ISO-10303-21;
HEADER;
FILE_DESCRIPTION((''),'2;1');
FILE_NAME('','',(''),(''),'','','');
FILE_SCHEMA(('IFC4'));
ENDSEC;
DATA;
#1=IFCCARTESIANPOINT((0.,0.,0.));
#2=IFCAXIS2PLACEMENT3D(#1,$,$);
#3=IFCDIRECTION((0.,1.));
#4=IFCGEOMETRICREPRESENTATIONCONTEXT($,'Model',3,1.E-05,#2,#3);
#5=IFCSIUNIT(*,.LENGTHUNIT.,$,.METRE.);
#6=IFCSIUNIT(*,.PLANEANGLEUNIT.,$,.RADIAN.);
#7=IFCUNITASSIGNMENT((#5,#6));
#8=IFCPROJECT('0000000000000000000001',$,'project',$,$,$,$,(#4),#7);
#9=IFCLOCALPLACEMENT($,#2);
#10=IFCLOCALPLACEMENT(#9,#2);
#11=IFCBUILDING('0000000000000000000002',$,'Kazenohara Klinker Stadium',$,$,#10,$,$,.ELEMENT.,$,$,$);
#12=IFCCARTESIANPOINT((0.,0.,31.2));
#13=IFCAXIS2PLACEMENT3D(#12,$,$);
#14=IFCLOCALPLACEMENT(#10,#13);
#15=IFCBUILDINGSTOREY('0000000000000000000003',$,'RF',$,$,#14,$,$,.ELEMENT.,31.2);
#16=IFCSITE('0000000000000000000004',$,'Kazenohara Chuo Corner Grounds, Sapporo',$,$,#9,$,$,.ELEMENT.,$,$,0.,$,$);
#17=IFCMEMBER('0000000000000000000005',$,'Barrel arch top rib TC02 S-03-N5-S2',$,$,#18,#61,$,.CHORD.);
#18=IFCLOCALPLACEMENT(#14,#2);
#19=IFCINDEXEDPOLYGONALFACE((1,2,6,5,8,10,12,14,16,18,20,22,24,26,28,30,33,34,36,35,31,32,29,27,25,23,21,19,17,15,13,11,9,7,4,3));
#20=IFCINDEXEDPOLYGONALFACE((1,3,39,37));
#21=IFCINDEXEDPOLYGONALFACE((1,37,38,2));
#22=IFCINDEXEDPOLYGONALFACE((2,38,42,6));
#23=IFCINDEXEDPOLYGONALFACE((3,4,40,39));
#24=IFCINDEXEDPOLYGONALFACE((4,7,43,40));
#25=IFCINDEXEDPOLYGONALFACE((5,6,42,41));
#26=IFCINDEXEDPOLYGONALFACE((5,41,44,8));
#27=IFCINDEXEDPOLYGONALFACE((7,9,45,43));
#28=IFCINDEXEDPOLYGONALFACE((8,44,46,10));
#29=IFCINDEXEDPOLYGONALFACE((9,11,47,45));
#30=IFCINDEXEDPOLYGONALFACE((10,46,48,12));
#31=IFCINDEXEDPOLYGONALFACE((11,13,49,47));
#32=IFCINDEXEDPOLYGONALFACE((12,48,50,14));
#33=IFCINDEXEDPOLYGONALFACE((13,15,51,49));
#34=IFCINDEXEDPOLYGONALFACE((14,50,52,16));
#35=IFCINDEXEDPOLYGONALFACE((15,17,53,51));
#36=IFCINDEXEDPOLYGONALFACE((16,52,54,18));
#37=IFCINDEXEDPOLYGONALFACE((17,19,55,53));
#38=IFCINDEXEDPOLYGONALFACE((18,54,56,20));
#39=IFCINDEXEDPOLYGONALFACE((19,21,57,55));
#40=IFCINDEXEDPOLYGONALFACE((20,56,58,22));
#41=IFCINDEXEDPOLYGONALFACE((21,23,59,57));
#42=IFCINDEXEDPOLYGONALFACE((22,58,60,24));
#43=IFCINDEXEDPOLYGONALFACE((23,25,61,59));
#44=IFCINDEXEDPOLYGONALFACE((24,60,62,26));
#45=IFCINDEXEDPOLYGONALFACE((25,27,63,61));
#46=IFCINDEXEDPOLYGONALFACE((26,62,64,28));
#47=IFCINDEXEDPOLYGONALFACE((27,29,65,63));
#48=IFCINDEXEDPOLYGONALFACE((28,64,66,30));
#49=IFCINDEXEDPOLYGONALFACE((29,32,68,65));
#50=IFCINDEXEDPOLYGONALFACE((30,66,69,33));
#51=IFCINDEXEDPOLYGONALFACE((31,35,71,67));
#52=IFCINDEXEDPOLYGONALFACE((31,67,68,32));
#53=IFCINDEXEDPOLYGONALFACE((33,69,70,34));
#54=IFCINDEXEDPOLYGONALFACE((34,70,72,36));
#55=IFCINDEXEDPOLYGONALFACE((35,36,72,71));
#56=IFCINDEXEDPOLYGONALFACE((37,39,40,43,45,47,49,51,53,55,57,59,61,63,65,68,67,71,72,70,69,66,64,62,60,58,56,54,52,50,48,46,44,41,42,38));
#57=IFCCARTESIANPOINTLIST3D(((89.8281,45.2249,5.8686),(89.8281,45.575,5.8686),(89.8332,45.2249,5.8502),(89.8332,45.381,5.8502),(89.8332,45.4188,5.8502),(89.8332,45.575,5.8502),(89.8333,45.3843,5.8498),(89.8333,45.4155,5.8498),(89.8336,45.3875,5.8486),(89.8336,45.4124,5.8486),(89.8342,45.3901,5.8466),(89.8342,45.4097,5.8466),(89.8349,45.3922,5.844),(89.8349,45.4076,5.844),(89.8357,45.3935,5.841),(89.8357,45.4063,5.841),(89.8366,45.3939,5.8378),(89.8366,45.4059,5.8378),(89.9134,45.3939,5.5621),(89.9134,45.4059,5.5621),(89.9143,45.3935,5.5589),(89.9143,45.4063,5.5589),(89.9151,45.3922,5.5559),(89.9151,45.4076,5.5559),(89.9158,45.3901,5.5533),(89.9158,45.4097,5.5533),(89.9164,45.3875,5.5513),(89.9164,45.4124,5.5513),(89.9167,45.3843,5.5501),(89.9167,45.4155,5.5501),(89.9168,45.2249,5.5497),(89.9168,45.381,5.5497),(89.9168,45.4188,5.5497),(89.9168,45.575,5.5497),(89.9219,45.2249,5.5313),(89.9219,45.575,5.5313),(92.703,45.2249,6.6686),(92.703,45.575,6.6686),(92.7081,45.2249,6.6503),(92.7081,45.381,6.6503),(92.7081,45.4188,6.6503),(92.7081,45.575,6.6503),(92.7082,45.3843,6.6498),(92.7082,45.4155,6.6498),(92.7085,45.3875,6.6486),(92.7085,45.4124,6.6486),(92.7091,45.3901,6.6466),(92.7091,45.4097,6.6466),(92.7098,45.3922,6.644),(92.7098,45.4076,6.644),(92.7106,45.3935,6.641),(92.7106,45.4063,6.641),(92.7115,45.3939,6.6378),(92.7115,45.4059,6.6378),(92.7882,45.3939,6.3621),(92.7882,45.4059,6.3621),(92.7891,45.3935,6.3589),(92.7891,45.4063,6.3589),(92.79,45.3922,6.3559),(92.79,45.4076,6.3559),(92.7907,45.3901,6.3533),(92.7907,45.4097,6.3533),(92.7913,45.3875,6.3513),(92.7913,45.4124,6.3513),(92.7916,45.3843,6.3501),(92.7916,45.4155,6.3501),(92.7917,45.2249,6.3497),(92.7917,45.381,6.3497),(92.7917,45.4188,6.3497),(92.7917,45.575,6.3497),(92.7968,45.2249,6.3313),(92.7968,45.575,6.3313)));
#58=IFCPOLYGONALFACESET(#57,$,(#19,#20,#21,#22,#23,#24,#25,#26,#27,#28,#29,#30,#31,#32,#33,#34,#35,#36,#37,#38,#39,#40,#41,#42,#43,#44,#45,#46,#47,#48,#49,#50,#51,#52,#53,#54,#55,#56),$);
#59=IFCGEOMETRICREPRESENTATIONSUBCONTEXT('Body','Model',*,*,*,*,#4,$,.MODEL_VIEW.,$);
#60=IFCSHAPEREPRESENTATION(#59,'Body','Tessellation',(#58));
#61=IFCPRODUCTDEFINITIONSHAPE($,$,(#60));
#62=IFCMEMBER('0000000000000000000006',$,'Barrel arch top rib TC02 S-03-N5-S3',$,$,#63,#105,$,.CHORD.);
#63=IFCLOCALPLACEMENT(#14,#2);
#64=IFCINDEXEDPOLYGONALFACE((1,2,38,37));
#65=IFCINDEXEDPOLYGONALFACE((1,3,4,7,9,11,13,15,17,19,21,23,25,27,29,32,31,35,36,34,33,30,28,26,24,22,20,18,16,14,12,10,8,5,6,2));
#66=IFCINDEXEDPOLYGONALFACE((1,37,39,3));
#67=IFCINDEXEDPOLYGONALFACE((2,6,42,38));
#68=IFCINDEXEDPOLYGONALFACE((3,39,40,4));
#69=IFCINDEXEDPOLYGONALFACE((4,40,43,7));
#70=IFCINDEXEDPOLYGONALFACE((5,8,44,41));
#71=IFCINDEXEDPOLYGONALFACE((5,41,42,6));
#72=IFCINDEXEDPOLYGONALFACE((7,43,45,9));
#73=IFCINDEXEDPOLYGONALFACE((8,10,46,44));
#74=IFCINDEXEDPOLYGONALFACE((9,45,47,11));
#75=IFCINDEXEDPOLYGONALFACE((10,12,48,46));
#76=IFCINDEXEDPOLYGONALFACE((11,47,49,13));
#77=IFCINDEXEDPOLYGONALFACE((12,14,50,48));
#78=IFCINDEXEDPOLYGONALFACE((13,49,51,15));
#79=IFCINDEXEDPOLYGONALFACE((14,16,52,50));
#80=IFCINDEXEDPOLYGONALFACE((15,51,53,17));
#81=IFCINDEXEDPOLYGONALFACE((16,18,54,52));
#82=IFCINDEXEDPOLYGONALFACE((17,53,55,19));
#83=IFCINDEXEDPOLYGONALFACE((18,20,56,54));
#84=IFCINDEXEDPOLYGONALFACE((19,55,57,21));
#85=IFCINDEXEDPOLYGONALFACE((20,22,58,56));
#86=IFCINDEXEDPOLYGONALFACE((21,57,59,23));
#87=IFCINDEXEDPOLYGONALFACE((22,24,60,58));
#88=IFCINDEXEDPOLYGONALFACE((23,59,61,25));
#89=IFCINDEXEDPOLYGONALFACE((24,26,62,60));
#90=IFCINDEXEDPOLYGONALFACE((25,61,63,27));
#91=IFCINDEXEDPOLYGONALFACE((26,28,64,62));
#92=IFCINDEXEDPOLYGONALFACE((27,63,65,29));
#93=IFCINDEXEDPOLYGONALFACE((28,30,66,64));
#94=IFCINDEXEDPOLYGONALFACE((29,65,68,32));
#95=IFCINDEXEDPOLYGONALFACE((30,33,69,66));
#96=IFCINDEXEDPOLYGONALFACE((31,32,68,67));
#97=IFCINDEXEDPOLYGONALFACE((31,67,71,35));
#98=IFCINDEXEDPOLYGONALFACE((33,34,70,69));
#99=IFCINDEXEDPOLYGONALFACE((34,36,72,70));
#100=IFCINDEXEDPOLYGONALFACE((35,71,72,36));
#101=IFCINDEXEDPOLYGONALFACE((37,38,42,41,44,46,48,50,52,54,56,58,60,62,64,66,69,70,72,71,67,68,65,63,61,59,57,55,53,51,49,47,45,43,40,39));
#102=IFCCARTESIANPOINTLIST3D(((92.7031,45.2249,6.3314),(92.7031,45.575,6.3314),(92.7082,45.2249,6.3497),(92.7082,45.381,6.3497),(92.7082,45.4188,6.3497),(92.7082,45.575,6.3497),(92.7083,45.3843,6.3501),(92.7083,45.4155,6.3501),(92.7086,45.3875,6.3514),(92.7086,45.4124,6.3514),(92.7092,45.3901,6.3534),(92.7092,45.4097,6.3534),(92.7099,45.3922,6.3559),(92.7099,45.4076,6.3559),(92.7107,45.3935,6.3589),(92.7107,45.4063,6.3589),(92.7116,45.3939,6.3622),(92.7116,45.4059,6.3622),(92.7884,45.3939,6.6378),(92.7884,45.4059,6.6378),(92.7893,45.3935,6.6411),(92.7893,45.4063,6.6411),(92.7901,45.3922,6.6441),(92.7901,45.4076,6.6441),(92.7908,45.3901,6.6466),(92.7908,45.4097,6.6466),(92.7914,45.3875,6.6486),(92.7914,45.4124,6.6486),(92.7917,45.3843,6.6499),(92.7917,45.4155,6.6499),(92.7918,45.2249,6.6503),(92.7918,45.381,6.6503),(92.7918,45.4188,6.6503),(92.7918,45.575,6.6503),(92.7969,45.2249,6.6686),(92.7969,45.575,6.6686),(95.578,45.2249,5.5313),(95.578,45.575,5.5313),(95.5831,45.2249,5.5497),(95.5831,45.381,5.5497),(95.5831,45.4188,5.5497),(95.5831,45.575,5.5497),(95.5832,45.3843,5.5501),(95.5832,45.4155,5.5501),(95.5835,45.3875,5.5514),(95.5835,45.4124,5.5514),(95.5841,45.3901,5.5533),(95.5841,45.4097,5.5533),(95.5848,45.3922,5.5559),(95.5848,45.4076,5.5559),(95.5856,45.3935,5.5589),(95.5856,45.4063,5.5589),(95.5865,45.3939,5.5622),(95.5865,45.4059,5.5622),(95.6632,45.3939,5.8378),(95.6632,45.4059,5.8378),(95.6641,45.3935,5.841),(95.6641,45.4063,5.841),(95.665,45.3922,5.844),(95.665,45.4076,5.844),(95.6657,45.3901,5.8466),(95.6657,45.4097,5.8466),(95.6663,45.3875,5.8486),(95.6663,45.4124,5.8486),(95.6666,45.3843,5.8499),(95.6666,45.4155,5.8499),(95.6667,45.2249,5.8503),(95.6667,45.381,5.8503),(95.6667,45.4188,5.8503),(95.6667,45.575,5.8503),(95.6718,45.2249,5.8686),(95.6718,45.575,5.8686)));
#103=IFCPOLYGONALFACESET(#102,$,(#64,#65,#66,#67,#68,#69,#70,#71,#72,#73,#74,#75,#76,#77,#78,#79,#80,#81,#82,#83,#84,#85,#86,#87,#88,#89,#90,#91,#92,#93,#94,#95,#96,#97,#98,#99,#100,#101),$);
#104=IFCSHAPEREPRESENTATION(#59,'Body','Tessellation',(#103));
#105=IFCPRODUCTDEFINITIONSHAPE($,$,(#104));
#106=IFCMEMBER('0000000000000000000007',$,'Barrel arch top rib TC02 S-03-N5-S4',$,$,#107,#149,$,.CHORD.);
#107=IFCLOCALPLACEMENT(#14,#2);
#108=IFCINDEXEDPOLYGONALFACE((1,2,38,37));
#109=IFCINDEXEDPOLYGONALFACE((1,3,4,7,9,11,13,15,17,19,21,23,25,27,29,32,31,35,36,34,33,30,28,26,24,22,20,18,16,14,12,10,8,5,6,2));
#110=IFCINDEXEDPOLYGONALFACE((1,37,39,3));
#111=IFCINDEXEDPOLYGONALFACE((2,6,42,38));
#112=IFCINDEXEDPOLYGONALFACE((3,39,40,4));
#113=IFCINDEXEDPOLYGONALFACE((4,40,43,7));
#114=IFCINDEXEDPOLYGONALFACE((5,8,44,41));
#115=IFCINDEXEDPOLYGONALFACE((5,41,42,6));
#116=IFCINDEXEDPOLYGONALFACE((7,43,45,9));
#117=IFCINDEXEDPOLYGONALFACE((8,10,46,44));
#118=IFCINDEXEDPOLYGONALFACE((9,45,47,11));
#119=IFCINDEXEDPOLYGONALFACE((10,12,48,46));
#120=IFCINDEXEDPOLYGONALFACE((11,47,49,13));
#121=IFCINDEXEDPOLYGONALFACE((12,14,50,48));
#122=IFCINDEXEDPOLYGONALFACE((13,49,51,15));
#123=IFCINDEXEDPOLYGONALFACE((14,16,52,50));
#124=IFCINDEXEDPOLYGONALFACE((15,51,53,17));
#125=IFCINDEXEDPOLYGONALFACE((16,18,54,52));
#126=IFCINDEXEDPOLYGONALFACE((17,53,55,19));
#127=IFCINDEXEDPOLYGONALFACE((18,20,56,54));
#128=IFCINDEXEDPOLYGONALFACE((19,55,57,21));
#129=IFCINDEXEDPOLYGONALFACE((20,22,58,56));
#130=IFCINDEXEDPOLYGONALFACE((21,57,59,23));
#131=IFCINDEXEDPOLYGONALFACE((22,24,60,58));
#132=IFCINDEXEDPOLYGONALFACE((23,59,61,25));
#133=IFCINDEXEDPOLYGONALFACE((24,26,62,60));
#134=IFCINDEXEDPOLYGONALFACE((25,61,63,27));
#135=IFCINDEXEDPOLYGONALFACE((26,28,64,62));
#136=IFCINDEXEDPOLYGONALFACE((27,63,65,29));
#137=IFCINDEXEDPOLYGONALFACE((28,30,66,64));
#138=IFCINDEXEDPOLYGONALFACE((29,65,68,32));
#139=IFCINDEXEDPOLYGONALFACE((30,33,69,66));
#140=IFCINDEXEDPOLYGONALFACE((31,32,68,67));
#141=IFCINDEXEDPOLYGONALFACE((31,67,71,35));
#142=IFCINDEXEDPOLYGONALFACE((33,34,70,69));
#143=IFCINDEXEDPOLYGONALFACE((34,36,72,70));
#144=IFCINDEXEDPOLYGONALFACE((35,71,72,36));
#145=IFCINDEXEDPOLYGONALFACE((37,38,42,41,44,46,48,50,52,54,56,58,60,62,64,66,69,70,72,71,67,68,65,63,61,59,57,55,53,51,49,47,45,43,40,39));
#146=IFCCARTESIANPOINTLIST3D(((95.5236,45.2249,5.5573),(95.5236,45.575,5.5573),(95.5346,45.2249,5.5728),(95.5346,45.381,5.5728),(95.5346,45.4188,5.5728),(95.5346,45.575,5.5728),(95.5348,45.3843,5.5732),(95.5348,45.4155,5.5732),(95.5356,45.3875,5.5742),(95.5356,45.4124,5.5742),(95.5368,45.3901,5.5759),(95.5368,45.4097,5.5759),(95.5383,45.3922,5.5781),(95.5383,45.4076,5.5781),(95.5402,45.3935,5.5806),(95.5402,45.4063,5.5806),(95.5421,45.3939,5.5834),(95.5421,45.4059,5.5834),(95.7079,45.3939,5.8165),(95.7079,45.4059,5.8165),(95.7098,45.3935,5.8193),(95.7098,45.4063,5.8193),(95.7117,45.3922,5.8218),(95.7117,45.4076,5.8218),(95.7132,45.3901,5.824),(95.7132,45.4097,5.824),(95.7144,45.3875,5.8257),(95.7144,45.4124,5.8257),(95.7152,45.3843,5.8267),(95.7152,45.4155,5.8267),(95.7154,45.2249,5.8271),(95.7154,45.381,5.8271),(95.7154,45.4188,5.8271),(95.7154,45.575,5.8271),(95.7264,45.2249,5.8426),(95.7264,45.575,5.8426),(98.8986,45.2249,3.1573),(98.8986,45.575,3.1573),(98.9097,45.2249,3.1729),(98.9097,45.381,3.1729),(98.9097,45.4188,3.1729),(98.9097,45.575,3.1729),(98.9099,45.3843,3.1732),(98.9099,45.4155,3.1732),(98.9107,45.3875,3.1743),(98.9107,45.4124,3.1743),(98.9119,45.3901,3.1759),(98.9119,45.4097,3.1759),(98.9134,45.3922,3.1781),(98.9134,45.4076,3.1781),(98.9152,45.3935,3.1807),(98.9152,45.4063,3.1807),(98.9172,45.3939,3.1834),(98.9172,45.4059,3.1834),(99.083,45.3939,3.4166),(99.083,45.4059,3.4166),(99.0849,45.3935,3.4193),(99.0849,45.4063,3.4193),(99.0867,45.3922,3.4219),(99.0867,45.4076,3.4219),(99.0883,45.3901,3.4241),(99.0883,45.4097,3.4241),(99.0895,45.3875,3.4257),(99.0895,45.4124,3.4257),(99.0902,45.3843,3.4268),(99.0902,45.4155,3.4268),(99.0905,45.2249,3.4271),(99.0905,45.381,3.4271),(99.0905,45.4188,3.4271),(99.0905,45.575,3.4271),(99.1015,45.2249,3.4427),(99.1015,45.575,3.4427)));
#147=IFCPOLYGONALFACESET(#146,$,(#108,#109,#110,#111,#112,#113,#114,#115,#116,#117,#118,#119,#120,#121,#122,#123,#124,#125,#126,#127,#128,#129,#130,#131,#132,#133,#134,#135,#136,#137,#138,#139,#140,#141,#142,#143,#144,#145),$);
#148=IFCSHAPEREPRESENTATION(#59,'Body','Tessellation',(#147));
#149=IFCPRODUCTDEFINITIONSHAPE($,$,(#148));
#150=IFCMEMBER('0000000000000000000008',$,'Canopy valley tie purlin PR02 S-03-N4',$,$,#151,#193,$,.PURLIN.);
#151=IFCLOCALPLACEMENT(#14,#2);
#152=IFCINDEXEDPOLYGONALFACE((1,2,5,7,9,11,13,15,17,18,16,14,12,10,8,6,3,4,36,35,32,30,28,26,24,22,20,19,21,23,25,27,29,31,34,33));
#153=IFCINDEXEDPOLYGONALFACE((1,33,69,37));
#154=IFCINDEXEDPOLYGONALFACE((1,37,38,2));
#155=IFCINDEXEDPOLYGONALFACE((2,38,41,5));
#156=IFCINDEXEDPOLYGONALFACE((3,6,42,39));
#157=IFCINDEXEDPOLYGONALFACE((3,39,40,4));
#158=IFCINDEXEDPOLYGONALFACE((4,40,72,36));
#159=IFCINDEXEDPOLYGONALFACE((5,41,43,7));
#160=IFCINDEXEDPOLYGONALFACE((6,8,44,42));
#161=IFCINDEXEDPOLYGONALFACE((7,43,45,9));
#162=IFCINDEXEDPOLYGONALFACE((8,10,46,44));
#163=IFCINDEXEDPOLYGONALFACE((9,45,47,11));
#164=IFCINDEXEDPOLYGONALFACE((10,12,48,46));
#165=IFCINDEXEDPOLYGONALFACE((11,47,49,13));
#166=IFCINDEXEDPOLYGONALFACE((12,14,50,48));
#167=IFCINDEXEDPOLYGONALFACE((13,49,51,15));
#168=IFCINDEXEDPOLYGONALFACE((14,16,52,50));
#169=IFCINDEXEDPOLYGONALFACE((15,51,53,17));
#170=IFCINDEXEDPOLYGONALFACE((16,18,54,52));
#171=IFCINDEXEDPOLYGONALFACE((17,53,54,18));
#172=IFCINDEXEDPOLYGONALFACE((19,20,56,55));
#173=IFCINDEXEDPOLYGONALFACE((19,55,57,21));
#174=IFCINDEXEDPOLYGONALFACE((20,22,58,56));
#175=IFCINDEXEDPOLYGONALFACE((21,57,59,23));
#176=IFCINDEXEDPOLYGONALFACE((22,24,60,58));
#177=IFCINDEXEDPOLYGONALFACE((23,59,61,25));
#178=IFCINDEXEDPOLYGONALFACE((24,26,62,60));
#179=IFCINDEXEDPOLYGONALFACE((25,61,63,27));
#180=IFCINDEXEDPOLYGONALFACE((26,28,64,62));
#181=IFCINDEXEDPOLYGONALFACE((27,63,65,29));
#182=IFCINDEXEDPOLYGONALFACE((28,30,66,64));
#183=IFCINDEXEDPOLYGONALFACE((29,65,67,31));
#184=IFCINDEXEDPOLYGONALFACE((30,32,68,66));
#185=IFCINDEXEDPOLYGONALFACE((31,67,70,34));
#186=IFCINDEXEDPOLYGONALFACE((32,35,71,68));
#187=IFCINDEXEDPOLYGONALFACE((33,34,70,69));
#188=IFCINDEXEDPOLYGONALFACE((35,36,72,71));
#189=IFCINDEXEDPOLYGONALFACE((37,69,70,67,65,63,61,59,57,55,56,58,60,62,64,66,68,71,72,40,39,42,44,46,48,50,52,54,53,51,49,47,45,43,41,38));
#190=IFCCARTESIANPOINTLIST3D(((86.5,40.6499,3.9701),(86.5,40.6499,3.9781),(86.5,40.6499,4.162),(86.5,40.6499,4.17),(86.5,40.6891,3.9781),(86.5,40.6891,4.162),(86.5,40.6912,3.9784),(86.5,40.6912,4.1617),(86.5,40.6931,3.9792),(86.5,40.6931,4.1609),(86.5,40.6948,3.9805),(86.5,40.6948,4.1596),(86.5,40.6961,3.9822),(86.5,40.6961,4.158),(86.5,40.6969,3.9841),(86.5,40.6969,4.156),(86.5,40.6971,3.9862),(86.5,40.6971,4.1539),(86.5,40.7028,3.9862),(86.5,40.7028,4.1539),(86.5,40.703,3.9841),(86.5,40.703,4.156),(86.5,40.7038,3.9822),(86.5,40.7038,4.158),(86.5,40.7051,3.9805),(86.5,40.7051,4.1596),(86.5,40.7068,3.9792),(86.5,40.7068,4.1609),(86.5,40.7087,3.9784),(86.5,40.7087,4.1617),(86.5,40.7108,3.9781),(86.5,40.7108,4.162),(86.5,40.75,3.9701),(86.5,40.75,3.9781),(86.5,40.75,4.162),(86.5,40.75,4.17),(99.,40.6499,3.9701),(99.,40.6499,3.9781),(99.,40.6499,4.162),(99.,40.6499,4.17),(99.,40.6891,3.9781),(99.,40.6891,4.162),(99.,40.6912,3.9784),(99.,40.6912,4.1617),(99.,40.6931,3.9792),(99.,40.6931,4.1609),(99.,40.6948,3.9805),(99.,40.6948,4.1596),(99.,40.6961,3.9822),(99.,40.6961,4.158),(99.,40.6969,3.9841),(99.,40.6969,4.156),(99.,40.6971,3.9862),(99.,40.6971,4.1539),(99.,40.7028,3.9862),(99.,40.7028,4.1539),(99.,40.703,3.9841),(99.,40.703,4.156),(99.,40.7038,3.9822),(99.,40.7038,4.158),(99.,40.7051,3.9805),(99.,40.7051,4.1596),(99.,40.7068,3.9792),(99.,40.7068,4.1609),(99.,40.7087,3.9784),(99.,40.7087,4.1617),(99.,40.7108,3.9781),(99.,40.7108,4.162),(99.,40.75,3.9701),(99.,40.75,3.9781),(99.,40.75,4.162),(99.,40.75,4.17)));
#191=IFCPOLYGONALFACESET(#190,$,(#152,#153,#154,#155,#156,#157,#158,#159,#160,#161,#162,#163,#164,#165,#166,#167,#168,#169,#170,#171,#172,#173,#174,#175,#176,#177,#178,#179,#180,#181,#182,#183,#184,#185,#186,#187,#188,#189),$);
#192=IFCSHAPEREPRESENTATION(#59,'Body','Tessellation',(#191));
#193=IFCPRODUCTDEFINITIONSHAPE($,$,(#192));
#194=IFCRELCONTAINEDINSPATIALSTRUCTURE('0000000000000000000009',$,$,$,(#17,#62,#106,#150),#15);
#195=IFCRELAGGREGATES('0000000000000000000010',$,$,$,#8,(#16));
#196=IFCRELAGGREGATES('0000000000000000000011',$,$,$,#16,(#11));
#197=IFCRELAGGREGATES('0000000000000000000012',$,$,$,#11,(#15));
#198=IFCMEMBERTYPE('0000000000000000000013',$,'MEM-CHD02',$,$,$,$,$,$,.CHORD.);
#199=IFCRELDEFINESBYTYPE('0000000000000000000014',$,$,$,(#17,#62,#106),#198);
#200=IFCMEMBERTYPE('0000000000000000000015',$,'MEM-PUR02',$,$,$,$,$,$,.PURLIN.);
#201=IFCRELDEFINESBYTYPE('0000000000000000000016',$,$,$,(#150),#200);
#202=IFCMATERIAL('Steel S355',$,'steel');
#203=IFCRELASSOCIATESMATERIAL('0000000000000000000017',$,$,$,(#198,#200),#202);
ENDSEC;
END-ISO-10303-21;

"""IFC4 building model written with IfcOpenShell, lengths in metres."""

from ifc_helpers import new_model, si_unit, direction, frame, origin, origin_2d, place, context, subcontext, project, spatial, i_section, extrude, material, material_profile, profile_set, type_object, element, save


model = new_model("IFC4")

# Units and contexts
model_context = context("Model", 3, precision=1e-05, world=origin(), true_north=direction((0.0, 1.0)))
body_context = subcontext(model_context, "Body", "Model", "MODEL_VIEW")
ifc_project = project(units=[si_unit("LENGTHUNIT", "METRE"), si_unit("PLANEANGLEUNIT", "RADIAN")], contexts=[model_context])

# Site, building, storey
site_placement = place(None, origin())
site = spatial("IfcSite", under=ifc_project, at=site_placement, Name="Kazenohara Chuo Corner Grounds, Sapporo", CompositionType="ELEMENT", RefElevation=0.0)
building_placement = place(site_placement, origin())
building = spatial("IfcBuilding", under=site, at=building_placement, Name="Kazenohara Klinker Stadium", CompositionType="ELEMENT")
storey_placement = place(building_placement, frame((0.0, 0.0, 31.2)))
storey = spatial("IfcBuildingStorey", under=building, at=storey_placement, Name="RF", CompositionType="ELEMENT", Elevation=31.2)

# Members
ifc_material_1 = material(Name="Steel S355", Category="steel")
ifc_material_profile_1 = material_profile(ifc_material_1, i_section(OverallWidth=0.3501, OverallDepth=0.3501, WebThickness=0.012, FlangeThickness=0.019, FilletRadius=0.0129, at=origin_2d()), Name="H-350x350x12x19")
ifc_profile_set_1 = profile_set([ifc_material_profile_1], Name="Steel S355")
member_type_1 = type_object("IfcMemberType", Name="MEM-CHD02", PredefinedType="CHORD", material=ifc_profile_set_1)
for number, where, z_axis, x_axis, name in (
    (1, (89.875, 45.3999, 5.7), (0.963394, 0.0, 0.268091), (0.0, 1.0, 0.0), "Barrel arch top rib TC02 S-03-N5-S2"),
    (2, (92.75, 45.3999, 6.5), (0.963394, 0.0, -0.268091), (0.0, 1.0, 0.0), "Barrel arch top rib TC02 S-03-N5-S3"),
):
    element("IfcMember", number, at=place(storey_placement, frame(where, z_axis=z_axis, x_axis=x_axis)), inside=storey, type_object=member_type_1, Name=name, PredefinedType="CHORD", context=body_context, shape_type="SweptSolid", body=[
        extrude(i_section(OverallWidth=0.3501, OverallDepth=0.3501, WebThickness=0.012, FlangeThickness=0.019, FilletRadius=0.0129, at=origin_2d()), origin(), (0.0, 0.0, 1.0), 2.9841),
    ])
member_1_placement = place(storey_placement, frame((95.625, 45.3999, 5.7), z_axis=(0.814966, 0.0, -0.579508), x_axis=(0.0, 1.0, 0.0)))
element("IfcMember", 3, at=member_1_placement, inside=storey, type_object=member_type_1, Name="Barrel arch top rib TC02 S-03-N5-S4", PredefinedType="CHORD", context=body_context, shape_type="SweptSolid", body=[
    extrude(i_section(OverallWidth=0.3501, OverallDepth=0.3501, WebThickness=0.012, FlangeThickness=0.019, FilletRadius=0.0129, at=origin_2d()), origin(), (0.0, 0.0, 1.0), 4.1414),
])
ifc_material_profile_2 = material_profile(ifc_material_1, i_section(OverallWidth=0.1001, OverallDepth=0.2, WebThickness=0.0056, FlangeThickness=0.0081, FilletRadius=0.0081, at=origin_2d()), Name="H-200x100x5.5x8")
ifc_profile_set_2 = profile_set([ifc_material_profile_2], Name="Steel S355")
member_type_2 = type_object("IfcMemberType", Name="MEM-PUR02", PredefinedType="PURLIN", material=ifc_profile_set_2)
member_2_placement = place(storey_placement, frame((86.5, 40.7, 4.0701), z_axis=(1.0, 0.0, 0.0), x_axis=(0.0, 1.0, 0.0)))
element("IfcMember", 4, at=member_2_placement, inside=storey, type_object=member_type_2, Name="Canopy valley tie purlin PR02 S-03-N4", PredefinedType="PURLIN", context=body_context, shape_type="SweptSolid", body=[
    extrude(i_section(OverallWidth=0.1001, OverallDepth=0.2, WebThickness=0.0056, FlangeThickness=0.0081, FilletRadius=0.0081, at=origin_2d()), origin(), (0.0, 0.0, 1.0), 12.5),
])

save(model, "model.ifc")
